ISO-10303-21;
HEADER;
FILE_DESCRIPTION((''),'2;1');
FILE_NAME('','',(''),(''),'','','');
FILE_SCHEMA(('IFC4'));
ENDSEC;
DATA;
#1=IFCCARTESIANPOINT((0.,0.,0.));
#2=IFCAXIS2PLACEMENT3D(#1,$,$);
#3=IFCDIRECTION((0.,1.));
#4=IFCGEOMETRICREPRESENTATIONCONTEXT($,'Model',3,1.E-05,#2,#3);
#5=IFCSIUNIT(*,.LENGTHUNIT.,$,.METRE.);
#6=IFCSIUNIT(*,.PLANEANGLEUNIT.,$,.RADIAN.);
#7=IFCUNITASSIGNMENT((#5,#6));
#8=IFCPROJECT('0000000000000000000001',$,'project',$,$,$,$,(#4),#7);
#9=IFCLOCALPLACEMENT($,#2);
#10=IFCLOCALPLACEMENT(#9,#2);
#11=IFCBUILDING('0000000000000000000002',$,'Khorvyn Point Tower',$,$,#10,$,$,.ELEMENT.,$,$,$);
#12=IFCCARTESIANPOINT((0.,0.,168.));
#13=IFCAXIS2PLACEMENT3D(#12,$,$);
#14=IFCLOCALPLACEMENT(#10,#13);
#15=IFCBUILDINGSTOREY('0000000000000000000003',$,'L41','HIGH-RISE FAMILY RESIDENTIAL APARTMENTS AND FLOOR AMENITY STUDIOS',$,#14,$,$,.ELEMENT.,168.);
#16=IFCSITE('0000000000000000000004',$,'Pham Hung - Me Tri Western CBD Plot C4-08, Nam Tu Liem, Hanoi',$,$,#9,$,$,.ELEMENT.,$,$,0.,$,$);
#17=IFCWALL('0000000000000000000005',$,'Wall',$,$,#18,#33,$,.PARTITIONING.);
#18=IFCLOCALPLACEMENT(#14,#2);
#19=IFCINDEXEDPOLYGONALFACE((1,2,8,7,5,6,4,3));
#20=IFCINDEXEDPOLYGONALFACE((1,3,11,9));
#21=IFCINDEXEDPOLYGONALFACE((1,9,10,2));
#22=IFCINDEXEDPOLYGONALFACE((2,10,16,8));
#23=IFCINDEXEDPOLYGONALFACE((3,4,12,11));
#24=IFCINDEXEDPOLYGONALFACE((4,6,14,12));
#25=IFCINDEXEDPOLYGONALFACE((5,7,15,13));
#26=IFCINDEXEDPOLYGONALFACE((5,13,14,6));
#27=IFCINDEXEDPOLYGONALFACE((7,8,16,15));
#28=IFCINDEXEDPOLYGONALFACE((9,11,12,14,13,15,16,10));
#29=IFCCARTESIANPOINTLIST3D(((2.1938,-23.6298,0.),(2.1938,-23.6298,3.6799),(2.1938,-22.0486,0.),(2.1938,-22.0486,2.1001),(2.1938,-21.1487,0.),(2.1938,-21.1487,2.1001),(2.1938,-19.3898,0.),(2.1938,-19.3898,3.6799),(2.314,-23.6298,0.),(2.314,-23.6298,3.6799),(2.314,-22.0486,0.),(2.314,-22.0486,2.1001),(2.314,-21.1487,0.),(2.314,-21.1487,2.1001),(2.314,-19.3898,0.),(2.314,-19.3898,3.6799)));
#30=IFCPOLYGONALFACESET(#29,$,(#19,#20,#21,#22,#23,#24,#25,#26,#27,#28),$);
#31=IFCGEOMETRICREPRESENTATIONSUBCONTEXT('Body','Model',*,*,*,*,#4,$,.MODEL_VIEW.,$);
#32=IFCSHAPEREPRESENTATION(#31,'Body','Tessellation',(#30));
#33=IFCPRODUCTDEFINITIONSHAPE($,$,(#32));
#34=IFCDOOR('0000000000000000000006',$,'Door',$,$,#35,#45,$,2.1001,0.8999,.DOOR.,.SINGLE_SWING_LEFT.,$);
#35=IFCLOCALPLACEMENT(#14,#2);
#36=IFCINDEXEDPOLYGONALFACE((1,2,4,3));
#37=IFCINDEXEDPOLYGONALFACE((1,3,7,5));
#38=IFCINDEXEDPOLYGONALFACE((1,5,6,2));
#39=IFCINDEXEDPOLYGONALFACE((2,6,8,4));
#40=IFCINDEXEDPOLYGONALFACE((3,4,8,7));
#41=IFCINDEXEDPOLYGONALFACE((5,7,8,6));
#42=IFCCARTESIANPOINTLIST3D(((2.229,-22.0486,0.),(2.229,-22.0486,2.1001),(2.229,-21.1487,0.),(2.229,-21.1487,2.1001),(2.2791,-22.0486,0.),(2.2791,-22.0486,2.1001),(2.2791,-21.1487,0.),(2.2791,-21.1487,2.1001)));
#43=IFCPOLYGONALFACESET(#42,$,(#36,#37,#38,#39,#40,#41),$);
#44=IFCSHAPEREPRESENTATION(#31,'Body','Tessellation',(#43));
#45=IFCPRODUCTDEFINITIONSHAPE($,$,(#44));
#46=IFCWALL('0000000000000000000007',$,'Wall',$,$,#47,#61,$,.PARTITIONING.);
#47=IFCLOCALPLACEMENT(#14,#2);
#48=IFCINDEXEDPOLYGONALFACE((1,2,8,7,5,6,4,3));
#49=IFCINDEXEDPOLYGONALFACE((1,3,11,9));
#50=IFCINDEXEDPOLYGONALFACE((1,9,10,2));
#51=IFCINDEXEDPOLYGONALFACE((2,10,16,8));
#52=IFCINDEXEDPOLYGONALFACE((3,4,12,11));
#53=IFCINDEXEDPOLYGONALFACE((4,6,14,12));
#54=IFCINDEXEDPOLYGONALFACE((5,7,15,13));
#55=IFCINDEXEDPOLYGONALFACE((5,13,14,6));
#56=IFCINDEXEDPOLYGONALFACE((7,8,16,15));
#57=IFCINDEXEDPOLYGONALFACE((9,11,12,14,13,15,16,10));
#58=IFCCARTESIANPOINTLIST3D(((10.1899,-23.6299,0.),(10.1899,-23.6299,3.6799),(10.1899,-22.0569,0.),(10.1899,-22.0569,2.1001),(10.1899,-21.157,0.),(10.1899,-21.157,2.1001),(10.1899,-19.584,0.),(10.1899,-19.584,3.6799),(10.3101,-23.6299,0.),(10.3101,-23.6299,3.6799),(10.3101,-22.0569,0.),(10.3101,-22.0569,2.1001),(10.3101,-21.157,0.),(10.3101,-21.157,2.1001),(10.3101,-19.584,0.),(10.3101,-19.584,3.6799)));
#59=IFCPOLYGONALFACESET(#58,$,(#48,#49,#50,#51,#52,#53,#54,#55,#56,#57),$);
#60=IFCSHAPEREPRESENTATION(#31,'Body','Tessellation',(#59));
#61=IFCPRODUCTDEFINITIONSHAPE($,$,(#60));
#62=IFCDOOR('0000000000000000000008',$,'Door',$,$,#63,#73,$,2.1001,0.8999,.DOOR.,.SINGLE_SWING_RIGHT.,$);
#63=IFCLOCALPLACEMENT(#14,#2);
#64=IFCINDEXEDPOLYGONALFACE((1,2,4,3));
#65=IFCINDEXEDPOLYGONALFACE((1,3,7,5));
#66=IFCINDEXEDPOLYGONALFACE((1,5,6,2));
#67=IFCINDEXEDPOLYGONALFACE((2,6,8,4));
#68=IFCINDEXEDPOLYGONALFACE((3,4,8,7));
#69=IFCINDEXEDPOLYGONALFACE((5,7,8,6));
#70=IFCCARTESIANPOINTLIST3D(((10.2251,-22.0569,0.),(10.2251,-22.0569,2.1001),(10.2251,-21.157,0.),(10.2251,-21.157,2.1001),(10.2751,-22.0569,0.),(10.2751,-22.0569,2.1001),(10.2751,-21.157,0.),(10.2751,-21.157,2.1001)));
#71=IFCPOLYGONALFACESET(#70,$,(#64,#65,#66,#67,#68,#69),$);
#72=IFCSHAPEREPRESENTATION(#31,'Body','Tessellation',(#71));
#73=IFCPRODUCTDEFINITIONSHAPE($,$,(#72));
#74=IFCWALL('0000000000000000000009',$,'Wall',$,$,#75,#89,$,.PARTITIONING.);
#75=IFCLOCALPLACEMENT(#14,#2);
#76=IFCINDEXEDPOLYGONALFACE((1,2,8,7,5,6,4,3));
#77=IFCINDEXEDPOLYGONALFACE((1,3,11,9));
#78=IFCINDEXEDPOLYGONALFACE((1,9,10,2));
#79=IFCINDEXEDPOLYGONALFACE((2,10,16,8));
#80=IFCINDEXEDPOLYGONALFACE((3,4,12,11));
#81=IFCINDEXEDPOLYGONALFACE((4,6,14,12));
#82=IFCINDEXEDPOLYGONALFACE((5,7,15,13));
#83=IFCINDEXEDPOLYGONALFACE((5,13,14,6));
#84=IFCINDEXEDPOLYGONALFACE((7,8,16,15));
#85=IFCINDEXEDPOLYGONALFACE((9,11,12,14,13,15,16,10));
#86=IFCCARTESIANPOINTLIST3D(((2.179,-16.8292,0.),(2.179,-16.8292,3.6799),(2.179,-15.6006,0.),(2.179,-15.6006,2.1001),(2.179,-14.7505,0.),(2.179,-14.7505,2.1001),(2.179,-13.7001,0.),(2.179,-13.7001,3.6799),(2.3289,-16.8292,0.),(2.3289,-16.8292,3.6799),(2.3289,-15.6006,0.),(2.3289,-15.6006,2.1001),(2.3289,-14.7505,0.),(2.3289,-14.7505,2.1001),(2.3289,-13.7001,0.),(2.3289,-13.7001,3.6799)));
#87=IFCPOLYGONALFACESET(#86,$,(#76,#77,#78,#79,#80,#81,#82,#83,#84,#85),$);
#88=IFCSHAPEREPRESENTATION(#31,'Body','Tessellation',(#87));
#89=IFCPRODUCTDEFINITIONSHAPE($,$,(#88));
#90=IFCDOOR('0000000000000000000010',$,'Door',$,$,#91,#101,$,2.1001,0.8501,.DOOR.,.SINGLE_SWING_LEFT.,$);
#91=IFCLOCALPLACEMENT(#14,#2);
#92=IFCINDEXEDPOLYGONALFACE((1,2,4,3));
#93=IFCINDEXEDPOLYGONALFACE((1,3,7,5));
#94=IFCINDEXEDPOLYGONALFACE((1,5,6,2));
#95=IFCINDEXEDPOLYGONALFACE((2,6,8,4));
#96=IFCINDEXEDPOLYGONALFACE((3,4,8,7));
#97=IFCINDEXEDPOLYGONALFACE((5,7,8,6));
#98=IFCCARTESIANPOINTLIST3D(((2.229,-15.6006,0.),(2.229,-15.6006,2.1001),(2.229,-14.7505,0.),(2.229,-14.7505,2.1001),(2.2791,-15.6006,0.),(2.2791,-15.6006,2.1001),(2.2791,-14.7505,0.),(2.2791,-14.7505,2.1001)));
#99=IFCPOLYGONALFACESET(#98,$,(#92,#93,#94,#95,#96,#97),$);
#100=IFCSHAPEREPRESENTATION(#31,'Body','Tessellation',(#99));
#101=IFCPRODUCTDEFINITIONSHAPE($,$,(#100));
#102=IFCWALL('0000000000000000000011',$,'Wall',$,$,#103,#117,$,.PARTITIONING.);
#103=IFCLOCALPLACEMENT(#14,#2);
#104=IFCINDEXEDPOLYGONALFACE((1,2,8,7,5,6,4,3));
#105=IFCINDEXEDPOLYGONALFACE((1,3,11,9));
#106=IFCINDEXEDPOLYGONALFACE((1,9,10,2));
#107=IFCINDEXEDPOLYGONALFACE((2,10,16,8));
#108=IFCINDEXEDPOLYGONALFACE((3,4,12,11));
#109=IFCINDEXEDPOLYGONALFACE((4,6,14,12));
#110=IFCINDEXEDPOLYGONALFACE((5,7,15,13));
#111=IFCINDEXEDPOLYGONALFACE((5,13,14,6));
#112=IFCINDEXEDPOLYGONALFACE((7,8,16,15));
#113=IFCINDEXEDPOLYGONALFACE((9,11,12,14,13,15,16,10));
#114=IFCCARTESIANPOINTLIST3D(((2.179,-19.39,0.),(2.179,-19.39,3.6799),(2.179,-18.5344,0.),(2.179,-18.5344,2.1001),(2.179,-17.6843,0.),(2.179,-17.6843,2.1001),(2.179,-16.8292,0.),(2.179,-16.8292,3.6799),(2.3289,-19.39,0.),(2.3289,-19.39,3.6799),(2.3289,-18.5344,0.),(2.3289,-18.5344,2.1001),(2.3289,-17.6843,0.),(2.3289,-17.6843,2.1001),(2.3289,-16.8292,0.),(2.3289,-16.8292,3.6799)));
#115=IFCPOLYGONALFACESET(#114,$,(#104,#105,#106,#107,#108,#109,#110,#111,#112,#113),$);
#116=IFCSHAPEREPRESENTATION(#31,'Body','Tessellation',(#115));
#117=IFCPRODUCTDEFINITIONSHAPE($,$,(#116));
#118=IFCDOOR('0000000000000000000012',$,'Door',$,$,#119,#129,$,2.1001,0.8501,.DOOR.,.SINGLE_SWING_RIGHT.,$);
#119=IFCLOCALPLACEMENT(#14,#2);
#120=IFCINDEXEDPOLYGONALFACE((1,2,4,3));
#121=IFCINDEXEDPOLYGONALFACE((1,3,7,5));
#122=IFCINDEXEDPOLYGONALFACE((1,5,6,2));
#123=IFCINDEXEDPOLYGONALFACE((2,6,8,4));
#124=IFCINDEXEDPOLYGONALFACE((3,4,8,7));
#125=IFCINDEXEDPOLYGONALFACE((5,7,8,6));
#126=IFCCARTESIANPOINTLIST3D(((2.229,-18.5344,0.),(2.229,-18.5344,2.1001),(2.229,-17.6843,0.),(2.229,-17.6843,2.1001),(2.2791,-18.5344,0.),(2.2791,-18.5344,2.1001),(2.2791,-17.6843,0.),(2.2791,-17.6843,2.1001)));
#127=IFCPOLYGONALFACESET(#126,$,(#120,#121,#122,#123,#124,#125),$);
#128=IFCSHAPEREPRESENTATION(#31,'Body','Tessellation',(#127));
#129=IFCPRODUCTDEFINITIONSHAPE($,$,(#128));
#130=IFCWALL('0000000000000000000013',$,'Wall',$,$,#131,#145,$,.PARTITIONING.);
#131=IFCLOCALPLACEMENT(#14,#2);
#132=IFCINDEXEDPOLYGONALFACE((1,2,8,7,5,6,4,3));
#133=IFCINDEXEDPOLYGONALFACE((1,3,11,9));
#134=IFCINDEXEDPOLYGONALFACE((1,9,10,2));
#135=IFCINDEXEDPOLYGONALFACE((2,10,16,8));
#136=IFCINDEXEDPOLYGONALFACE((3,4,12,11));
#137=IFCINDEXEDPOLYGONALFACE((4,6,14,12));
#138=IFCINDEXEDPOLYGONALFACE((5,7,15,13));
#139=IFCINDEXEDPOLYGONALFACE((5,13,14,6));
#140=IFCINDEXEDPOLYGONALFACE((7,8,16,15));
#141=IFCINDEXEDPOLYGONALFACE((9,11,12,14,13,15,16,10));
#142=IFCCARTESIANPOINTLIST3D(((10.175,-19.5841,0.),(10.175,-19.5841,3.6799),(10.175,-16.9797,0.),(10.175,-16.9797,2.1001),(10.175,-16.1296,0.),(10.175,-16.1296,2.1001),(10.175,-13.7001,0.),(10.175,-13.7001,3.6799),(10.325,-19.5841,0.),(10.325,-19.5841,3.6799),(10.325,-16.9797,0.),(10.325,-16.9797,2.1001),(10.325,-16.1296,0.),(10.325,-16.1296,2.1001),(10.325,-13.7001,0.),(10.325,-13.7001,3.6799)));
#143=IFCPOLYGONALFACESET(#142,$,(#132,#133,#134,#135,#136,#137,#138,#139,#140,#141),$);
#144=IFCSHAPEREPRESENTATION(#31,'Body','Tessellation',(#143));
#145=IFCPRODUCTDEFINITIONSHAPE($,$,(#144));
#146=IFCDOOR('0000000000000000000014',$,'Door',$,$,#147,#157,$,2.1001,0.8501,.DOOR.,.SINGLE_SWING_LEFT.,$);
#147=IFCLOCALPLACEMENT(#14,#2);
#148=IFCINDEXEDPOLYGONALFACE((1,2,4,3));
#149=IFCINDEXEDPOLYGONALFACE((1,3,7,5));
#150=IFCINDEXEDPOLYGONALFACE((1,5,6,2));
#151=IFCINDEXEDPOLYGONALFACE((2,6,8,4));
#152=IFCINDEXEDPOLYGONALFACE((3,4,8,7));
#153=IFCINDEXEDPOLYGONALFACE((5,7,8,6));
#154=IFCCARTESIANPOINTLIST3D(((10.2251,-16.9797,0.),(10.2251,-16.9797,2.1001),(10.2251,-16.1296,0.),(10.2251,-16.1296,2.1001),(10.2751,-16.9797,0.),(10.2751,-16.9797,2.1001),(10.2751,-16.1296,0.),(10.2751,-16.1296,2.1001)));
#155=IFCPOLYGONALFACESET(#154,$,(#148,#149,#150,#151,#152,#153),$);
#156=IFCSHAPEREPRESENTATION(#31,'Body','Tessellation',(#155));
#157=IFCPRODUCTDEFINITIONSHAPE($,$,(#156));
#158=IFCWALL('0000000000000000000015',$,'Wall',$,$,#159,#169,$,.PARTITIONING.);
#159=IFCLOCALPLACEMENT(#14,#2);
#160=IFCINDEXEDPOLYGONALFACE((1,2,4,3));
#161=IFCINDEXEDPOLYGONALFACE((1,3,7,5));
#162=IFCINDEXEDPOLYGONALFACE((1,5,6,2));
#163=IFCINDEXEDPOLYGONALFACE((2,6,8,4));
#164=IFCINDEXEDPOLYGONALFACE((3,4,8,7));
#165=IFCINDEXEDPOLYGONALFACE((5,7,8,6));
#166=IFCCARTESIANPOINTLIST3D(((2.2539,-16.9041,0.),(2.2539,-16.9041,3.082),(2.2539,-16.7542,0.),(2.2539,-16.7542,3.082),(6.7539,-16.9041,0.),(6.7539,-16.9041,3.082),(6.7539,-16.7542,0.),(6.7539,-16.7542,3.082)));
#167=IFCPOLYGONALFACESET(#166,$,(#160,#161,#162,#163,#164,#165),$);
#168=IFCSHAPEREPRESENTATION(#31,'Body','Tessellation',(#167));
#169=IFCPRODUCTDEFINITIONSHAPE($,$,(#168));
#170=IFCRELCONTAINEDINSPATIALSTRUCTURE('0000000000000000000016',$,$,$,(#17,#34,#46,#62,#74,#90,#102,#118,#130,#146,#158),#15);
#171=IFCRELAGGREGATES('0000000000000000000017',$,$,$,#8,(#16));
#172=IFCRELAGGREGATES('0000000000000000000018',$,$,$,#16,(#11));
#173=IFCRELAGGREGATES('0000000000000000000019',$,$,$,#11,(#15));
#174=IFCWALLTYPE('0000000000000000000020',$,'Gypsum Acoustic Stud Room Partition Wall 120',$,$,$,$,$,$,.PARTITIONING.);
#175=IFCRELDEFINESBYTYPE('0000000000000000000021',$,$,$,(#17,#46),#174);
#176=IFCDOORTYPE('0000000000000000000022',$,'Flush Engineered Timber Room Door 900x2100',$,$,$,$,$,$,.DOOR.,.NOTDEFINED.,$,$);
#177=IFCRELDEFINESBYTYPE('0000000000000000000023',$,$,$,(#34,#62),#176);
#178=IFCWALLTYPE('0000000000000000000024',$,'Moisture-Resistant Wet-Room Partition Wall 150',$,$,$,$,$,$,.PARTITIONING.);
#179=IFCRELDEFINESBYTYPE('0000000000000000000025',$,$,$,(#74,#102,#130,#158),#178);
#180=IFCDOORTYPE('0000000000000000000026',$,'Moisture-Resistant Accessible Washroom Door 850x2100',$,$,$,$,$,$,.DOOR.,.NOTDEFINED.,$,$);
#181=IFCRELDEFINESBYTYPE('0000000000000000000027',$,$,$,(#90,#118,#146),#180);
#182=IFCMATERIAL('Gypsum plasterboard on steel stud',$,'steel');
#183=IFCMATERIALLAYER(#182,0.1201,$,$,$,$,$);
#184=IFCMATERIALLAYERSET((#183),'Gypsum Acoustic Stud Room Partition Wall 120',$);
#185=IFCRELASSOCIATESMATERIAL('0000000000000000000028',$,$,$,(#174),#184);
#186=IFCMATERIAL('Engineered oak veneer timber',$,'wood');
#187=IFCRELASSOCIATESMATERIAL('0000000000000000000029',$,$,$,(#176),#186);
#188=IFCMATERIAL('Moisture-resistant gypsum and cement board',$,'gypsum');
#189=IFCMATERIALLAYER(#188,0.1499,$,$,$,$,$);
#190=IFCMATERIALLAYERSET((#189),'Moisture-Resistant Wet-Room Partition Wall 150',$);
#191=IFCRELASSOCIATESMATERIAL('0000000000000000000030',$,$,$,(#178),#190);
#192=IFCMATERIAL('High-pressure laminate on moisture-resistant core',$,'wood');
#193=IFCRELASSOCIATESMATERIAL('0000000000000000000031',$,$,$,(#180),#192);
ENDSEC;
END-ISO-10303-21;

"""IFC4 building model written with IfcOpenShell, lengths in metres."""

from ifc_helpers import new_model, si_unit, direction, frame, frame_2d, origin, place, context, subcontext, project, spatial, rectangle, extrude, material, layer, layer_set, type_object, element, fill, save


model = new_model("IFC4")

# Units and contexts
model_context = context("Model", 3, precision=1e-05, world=origin(), true_north=direction((0.0, 1.0)))
body_context = subcontext(model_context, "Body", "Model", "MODEL_VIEW")
ifc_project = project(units=[si_unit("LENGTHUNIT", "METRE"), si_unit("PLANEANGLEUNIT", "RADIAN")], contexts=[model_context])

# Site, building, storey
site_placement = place(None, origin())
site = spatial("IfcSite", under=ifc_project, at=site_placement, Name="Pham Hung - Me Tri Western CBD Plot C4-08, Nam Tu Liem, Hanoi", CompositionType="ELEMENT", RefElevation=0.0)
building_placement = place(site_placement, origin())
building = spatial("IfcBuilding", under=site, at=building_placement, Name="Khorvyn Point Tower", CompositionType="ELEMENT")
storey_placement = place(building_placement, frame((0.0, 0.0, 168.0)))
storey = spatial("IfcBuildingStorey", under=building, at=storey_placement, Name="L41", Description="HIGH-RISE FAMILY RESIDENTIAL APARTMENTS AND FLOOR AMENITY STUDIOS", CompositionType="ELEMENT", Elevation=168.0)

# Walls, openings, doors
ifc_material_1 = material(Name="Gypsum plasterboard on steel stud", Category="steel")
ifc_layer_1 = layer(ifc_material_1, 0.1201)
ifc_layer_set_1 = layer_set([ifc_layer_1], Name="Gypsum Acoustic Stud Room Partition Wall 120")
wall_type_1 = type_object("IfcWallType", Name="Gypsum Acoustic Stud Room Partition Wall 120", PredefinedType="PARTITIONING", material=ifc_layer_set_1)
wall_1_placement = place(storey_placement, frame((2.2539, -23.6299, 0.0), z_axis=(0.0, 0.0, 1.0), x_axis=(0.0, 1.0, 0.0)))
wall_1 = element("IfcWall", 1, at=wall_1_placement, inside=storey, type_object=wall_type_1, Name="Wall", PredefinedType="PARTITIONING", context=body_context, shape_type="SweptSolid", body=[
    extrude(rectangle(XDim=4.24, YDim=0.1201, at=frame_2d((2.1201, 0.0))), origin(), (0.0, 0.0, 1.0), 3.6799),
])
opening_1_placement = place(wall_1_placement, frame((1.5813, 0.0, 0.0)))
opening_1 = element("IfcOpeningElement", 2, at=opening_1_placement, cuts=wall_1, PredefinedType="OPENING", context=body_context, shape_type="SweptSolid", body=[
    extrude(rectangle(XDim=0.8999, YDim=2.1001, at=frame_2d((0.45, 1.05))), frame((0.0, 0.0701, 0.0), z_axis=(0.0, -1.0, 0.0), x_axis=(1.0, 0.0, 0.0)), (0.0, 0.0, 1.0), 0.1401),
])
ifc_material_2 = material(Name="Engineered oak veneer timber", Category="wood")
door_type_1 = type_object("IfcDoorType", Name="Flush Engineered Timber Room Door 900x2100", OperationType="NOTDEFINED", PredefinedType="DOOR", material=ifc_material_2)
door_1_placement = place(opening_1_placement, origin())
door_1 = element("IfcDoor", 3, at=door_1_placement, inside=storey, type_object=door_type_1, Name="Door", OperationType="SINGLE_SWING_LEFT", OverallHeight=2.1001, OverallWidth=0.8999, PredefinedType="DOOR", context=body_context, shape_type="SweptSolid", body=[
    extrude(rectangle(XDim=0.8999, YDim=2.1001, at=frame_2d((0.45, 1.05))), frame((0.0, 0.0249, 0.0), z_axis=(0.0, -1.0, 0.0), x_axis=(1.0, 0.0, 0.0)), (0.0, 0.0, 1.0), 0.05),
])
fill(opening_1, door_1)
wall_2_placement = place(storey_placement, frame((10.25, -23.6299, 0.0), z_axis=(0.0, 0.0, 1.0), x_axis=(0.0, 1.0, 0.0)))
wall_2 = element("IfcWall", 4, at=wall_2_placement, inside=storey, type_object=wall_type_1, Name="Wall", PredefinedType="PARTITIONING", context=body_context, shape_type="SweptSolid", body=[
    extrude(rectangle(XDim=4.0459, YDim=0.1201, at=frame_2d((2.0229, 0.0))), origin(), (0.0, 0.0, 1.0), 3.6799),
])
opening_2_placement = place(wall_2_placement, frame((1.573, 0.0, 0.0)))
opening_2 = element("IfcOpeningElement", 5, at=opening_2_placement, cuts=wall_2, PredefinedType="OPENING", context=body_context, shape_type="SweptSolid", body=[
    extrude(rectangle(XDim=0.8999, YDim=2.1001, at=frame_2d((0.45, 1.05))), frame((0.0, 0.0701, 0.0), z_axis=(0.0, -1.0, 0.0), x_axis=(1.0, 0.0, 0.0)), (0.0, 0.0, 1.0), 0.1401),
])
door_2_placement = place(opening_2_placement, origin())
door_2 = element("IfcDoor", 6, at=door_2_placement, inside=storey, type_object=door_type_1, Name="Door", OperationType="SINGLE_SWING_RIGHT", OverallHeight=2.1001, OverallWidth=0.8999, PredefinedType="DOOR", context=body_context, shape_type="SweptSolid", body=[
    extrude(rectangle(XDim=0.8999, YDim=2.1001, at=frame_2d((0.45, 1.05))), frame((0.0, 0.0249, 0.0), z_axis=(0.0, -1.0, 0.0), x_axis=(1.0, 0.0, 0.0)), (0.0, 0.0, 1.0), 0.05),
])
fill(opening_2, door_2)
ifc_material_3 = material(Name="Moisture-resistant gypsum and cement board", Category="gypsum")
ifc_layer_2 = layer(ifc_material_3, 0.1499)
ifc_layer_set_2 = layer_set([ifc_layer_2], Name="Moisture-Resistant Wet-Room Partition Wall 150")
wall_type_2 = type_object("IfcWallType", Name="Moisture-Resistant Wet-Room Partition Wall 150", PredefinedType="PARTITIONING", material=ifc_layer_set_2)
wall_3_placement = place(storey_placement, frame((2.2539, -16.8291, 0.0), z_axis=(0.0, 0.0, 1.0), x_axis=(0.0, 1.0, 0.0)))
wall_3 = element("IfcWall", 7, at=wall_3_placement, inside=storey, type_object=wall_type_2, Name="Wall", PredefinedType="PARTITIONING", context=body_context, shape_type="SweptSolid", body=[
    extrude(rectangle(XDim=3.1292, YDim=0.1499, at=frame_2d((1.5645, 0.0))), origin(), (0.0, 0.0, 1.0), 3.6799),
])
opening_3_placement = place(wall_3_placement, frame((1.2285, 0.0, 0.0)))
opening_3 = element("IfcOpeningElement", 8, at=opening_3_placement, cuts=wall_3, PredefinedType="OPENING", context=body_context, shape_type="SweptSolid", body=[
    extrude(rectangle(XDim=0.8501, YDim=2.1001, at=frame_2d((0.425, 1.05))), frame((0.0, 0.085, 0.0), z_axis=(0.0, -1.0, 0.0), x_axis=(1.0, 0.0, 0.0)), (0.0, 0.0, 1.0), 0.1699),
])
ifc_material_4 = material(Name="High-pressure laminate on moisture-resistant core", Category="wood")
door_type_2 = type_object("IfcDoorType", Name="Moisture-Resistant Accessible Washroom Door 850x2100", OperationType="NOTDEFINED", PredefinedType="DOOR", material=ifc_material_4)
door_3_placement = place(opening_3_placement, origin())
door_3 = element("IfcDoor", 9, at=door_3_placement, inside=storey, type_object=door_type_2, Name="Door", OperationType="SINGLE_SWING_LEFT", OverallHeight=2.1001, OverallWidth=0.8501, PredefinedType="DOOR", context=body_context, shape_type="SweptSolid", body=[
    extrude(rectangle(XDim=0.8501, YDim=2.1001, at=frame_2d((0.425, 1.05))), frame((0.0, 0.0249, 0.0), z_axis=(0.0, -1.0, 0.0), x_axis=(1.0, 0.0, 0.0)), (0.0, 0.0, 1.0), 0.05),
])
fill(opening_3, door_3)
wall_4_placement = place(storey_placement, frame((2.2539, -19.3899, 0.0), z_axis=(0.0, 0.0, 1.0), x_axis=(0.0, 1.0, 0.0)))
wall_4 = element("IfcWall", 10, at=wall_4_placement, inside=storey, type_object=wall_type_2, Name="Wall", PredefinedType="PARTITIONING", context=body_context, shape_type="SweptSolid", body=[
    extrude(rectangle(XDim=2.5608, YDim=0.1499, at=frame_2d((1.2803, 0.0))), origin(), (0.0, 0.0, 1.0), 3.6799),
])
opening_4_placement = place(wall_4_placement, frame((0.8555, 0.0, 0.0)))
opening_4 = element("IfcOpeningElement", 11, at=opening_4_placement, cuts=wall_4, PredefinedType="OPENING", context=body_context, shape_type="SweptSolid", body=[
    extrude(rectangle(XDim=0.8501, YDim=2.1001, at=frame_2d((0.425, 1.05))), frame((0.0, 0.085, 0.0), z_axis=(0.0, -1.0, 0.0), x_axis=(1.0, 0.0, 0.0)), (0.0, 0.0, 1.0), 0.1699),
])
door_4_placement = place(opening_4_placement, origin())
door_4 = element("IfcDoor", 12, at=door_4_placement, inside=storey, type_object=door_type_2, Name="Door", OperationType="SINGLE_SWING_RIGHT", OverallHeight=2.1001, OverallWidth=0.8501, PredefinedType="DOOR", context=body_context, shape_type="SweptSolid", body=[
    extrude(rectangle(XDim=0.8501, YDim=2.1001, at=frame_2d((0.425, 1.05))), frame((0.0, 0.0249, 0.0), z_axis=(0.0, -1.0, 0.0), x_axis=(1.0, 0.0, 0.0)), (0.0, 0.0, 1.0), 0.05),
])
fill(opening_4, door_4)
wall_5_placement = place(storey_placement, frame((10.25, -19.584, 0.0), z_axis=(0.0, 0.0, 1.0), x_axis=(0.0, 1.0, 0.0)))
wall_5 = element("IfcWall", 13, at=wall_5_placement, inside=storey, type_object=wall_type_2, Name="Wall", PredefinedType="PARTITIONING", context=body_context, shape_type="SweptSolid", body=[
    extrude(rectangle(XDim=5.884, YDim=0.1499, at=frame_2d((2.9419, 0.0))), origin(), (0.0, 0.0, 1.0), 3.6799),
])
opening_5_placement = place(wall_5_placement, frame((2.6042, 0.0, 0.0)))
opening_5 = element("IfcOpeningElement", 14, at=opening_5_placement, cuts=wall_5, PredefinedType="OPENING", context=body_context, shape_type="SweptSolid", body=[
    extrude(rectangle(XDim=0.8501, YDim=2.1001, at=frame_2d((0.425, 1.05))), frame((0.0, 0.085, 0.0), z_axis=(0.0, -1.0, 0.0), x_axis=(1.0, 0.0, 0.0)), (0.0, 0.0, 1.0), 0.1699),
])
door_5_placement = place(opening_5_placement, origin())
door_5 = element("IfcDoor", 15, at=door_5_placement, inside=storey, type_object=door_type_2, Name="Door", OperationType="SINGLE_SWING_LEFT", OverallHeight=2.1001, OverallWidth=0.8501, PredefinedType="DOOR", context=body_context, shape_type="SweptSolid", body=[
    extrude(rectangle(XDim=0.8501, YDim=2.1001, at=frame_2d((0.425, 1.05))), frame((0.0, 0.0249, 0.0), z_axis=(0.0, -1.0, 0.0), x_axis=(1.0, 0.0, 0.0)), (0.0, 0.0, 1.0), 0.05),
])
fill(opening_5, door_5)

# Wall
wall_6_placement = place(storey_placement, frame((2.2539, -16.8291, 0.0), z_axis=(0.0, 0.0, 1.0), x_axis=(1.0, 0.0, 0.0)))
element("IfcWall", 16, at=wall_6_placement, inside=storey, type_object=wall_type_2, Name="Wall", PredefinedType="PARTITIONING", context=body_context, shape_type="SweptSolid", body=[
    extrude(rectangle(XDim=4.5, YDim=0.1499, at=frame_2d((2.25, 0.0))), origin(), (0.0, 0.0, 1.0), 3.082),
])

save(model, "model.ifc")
